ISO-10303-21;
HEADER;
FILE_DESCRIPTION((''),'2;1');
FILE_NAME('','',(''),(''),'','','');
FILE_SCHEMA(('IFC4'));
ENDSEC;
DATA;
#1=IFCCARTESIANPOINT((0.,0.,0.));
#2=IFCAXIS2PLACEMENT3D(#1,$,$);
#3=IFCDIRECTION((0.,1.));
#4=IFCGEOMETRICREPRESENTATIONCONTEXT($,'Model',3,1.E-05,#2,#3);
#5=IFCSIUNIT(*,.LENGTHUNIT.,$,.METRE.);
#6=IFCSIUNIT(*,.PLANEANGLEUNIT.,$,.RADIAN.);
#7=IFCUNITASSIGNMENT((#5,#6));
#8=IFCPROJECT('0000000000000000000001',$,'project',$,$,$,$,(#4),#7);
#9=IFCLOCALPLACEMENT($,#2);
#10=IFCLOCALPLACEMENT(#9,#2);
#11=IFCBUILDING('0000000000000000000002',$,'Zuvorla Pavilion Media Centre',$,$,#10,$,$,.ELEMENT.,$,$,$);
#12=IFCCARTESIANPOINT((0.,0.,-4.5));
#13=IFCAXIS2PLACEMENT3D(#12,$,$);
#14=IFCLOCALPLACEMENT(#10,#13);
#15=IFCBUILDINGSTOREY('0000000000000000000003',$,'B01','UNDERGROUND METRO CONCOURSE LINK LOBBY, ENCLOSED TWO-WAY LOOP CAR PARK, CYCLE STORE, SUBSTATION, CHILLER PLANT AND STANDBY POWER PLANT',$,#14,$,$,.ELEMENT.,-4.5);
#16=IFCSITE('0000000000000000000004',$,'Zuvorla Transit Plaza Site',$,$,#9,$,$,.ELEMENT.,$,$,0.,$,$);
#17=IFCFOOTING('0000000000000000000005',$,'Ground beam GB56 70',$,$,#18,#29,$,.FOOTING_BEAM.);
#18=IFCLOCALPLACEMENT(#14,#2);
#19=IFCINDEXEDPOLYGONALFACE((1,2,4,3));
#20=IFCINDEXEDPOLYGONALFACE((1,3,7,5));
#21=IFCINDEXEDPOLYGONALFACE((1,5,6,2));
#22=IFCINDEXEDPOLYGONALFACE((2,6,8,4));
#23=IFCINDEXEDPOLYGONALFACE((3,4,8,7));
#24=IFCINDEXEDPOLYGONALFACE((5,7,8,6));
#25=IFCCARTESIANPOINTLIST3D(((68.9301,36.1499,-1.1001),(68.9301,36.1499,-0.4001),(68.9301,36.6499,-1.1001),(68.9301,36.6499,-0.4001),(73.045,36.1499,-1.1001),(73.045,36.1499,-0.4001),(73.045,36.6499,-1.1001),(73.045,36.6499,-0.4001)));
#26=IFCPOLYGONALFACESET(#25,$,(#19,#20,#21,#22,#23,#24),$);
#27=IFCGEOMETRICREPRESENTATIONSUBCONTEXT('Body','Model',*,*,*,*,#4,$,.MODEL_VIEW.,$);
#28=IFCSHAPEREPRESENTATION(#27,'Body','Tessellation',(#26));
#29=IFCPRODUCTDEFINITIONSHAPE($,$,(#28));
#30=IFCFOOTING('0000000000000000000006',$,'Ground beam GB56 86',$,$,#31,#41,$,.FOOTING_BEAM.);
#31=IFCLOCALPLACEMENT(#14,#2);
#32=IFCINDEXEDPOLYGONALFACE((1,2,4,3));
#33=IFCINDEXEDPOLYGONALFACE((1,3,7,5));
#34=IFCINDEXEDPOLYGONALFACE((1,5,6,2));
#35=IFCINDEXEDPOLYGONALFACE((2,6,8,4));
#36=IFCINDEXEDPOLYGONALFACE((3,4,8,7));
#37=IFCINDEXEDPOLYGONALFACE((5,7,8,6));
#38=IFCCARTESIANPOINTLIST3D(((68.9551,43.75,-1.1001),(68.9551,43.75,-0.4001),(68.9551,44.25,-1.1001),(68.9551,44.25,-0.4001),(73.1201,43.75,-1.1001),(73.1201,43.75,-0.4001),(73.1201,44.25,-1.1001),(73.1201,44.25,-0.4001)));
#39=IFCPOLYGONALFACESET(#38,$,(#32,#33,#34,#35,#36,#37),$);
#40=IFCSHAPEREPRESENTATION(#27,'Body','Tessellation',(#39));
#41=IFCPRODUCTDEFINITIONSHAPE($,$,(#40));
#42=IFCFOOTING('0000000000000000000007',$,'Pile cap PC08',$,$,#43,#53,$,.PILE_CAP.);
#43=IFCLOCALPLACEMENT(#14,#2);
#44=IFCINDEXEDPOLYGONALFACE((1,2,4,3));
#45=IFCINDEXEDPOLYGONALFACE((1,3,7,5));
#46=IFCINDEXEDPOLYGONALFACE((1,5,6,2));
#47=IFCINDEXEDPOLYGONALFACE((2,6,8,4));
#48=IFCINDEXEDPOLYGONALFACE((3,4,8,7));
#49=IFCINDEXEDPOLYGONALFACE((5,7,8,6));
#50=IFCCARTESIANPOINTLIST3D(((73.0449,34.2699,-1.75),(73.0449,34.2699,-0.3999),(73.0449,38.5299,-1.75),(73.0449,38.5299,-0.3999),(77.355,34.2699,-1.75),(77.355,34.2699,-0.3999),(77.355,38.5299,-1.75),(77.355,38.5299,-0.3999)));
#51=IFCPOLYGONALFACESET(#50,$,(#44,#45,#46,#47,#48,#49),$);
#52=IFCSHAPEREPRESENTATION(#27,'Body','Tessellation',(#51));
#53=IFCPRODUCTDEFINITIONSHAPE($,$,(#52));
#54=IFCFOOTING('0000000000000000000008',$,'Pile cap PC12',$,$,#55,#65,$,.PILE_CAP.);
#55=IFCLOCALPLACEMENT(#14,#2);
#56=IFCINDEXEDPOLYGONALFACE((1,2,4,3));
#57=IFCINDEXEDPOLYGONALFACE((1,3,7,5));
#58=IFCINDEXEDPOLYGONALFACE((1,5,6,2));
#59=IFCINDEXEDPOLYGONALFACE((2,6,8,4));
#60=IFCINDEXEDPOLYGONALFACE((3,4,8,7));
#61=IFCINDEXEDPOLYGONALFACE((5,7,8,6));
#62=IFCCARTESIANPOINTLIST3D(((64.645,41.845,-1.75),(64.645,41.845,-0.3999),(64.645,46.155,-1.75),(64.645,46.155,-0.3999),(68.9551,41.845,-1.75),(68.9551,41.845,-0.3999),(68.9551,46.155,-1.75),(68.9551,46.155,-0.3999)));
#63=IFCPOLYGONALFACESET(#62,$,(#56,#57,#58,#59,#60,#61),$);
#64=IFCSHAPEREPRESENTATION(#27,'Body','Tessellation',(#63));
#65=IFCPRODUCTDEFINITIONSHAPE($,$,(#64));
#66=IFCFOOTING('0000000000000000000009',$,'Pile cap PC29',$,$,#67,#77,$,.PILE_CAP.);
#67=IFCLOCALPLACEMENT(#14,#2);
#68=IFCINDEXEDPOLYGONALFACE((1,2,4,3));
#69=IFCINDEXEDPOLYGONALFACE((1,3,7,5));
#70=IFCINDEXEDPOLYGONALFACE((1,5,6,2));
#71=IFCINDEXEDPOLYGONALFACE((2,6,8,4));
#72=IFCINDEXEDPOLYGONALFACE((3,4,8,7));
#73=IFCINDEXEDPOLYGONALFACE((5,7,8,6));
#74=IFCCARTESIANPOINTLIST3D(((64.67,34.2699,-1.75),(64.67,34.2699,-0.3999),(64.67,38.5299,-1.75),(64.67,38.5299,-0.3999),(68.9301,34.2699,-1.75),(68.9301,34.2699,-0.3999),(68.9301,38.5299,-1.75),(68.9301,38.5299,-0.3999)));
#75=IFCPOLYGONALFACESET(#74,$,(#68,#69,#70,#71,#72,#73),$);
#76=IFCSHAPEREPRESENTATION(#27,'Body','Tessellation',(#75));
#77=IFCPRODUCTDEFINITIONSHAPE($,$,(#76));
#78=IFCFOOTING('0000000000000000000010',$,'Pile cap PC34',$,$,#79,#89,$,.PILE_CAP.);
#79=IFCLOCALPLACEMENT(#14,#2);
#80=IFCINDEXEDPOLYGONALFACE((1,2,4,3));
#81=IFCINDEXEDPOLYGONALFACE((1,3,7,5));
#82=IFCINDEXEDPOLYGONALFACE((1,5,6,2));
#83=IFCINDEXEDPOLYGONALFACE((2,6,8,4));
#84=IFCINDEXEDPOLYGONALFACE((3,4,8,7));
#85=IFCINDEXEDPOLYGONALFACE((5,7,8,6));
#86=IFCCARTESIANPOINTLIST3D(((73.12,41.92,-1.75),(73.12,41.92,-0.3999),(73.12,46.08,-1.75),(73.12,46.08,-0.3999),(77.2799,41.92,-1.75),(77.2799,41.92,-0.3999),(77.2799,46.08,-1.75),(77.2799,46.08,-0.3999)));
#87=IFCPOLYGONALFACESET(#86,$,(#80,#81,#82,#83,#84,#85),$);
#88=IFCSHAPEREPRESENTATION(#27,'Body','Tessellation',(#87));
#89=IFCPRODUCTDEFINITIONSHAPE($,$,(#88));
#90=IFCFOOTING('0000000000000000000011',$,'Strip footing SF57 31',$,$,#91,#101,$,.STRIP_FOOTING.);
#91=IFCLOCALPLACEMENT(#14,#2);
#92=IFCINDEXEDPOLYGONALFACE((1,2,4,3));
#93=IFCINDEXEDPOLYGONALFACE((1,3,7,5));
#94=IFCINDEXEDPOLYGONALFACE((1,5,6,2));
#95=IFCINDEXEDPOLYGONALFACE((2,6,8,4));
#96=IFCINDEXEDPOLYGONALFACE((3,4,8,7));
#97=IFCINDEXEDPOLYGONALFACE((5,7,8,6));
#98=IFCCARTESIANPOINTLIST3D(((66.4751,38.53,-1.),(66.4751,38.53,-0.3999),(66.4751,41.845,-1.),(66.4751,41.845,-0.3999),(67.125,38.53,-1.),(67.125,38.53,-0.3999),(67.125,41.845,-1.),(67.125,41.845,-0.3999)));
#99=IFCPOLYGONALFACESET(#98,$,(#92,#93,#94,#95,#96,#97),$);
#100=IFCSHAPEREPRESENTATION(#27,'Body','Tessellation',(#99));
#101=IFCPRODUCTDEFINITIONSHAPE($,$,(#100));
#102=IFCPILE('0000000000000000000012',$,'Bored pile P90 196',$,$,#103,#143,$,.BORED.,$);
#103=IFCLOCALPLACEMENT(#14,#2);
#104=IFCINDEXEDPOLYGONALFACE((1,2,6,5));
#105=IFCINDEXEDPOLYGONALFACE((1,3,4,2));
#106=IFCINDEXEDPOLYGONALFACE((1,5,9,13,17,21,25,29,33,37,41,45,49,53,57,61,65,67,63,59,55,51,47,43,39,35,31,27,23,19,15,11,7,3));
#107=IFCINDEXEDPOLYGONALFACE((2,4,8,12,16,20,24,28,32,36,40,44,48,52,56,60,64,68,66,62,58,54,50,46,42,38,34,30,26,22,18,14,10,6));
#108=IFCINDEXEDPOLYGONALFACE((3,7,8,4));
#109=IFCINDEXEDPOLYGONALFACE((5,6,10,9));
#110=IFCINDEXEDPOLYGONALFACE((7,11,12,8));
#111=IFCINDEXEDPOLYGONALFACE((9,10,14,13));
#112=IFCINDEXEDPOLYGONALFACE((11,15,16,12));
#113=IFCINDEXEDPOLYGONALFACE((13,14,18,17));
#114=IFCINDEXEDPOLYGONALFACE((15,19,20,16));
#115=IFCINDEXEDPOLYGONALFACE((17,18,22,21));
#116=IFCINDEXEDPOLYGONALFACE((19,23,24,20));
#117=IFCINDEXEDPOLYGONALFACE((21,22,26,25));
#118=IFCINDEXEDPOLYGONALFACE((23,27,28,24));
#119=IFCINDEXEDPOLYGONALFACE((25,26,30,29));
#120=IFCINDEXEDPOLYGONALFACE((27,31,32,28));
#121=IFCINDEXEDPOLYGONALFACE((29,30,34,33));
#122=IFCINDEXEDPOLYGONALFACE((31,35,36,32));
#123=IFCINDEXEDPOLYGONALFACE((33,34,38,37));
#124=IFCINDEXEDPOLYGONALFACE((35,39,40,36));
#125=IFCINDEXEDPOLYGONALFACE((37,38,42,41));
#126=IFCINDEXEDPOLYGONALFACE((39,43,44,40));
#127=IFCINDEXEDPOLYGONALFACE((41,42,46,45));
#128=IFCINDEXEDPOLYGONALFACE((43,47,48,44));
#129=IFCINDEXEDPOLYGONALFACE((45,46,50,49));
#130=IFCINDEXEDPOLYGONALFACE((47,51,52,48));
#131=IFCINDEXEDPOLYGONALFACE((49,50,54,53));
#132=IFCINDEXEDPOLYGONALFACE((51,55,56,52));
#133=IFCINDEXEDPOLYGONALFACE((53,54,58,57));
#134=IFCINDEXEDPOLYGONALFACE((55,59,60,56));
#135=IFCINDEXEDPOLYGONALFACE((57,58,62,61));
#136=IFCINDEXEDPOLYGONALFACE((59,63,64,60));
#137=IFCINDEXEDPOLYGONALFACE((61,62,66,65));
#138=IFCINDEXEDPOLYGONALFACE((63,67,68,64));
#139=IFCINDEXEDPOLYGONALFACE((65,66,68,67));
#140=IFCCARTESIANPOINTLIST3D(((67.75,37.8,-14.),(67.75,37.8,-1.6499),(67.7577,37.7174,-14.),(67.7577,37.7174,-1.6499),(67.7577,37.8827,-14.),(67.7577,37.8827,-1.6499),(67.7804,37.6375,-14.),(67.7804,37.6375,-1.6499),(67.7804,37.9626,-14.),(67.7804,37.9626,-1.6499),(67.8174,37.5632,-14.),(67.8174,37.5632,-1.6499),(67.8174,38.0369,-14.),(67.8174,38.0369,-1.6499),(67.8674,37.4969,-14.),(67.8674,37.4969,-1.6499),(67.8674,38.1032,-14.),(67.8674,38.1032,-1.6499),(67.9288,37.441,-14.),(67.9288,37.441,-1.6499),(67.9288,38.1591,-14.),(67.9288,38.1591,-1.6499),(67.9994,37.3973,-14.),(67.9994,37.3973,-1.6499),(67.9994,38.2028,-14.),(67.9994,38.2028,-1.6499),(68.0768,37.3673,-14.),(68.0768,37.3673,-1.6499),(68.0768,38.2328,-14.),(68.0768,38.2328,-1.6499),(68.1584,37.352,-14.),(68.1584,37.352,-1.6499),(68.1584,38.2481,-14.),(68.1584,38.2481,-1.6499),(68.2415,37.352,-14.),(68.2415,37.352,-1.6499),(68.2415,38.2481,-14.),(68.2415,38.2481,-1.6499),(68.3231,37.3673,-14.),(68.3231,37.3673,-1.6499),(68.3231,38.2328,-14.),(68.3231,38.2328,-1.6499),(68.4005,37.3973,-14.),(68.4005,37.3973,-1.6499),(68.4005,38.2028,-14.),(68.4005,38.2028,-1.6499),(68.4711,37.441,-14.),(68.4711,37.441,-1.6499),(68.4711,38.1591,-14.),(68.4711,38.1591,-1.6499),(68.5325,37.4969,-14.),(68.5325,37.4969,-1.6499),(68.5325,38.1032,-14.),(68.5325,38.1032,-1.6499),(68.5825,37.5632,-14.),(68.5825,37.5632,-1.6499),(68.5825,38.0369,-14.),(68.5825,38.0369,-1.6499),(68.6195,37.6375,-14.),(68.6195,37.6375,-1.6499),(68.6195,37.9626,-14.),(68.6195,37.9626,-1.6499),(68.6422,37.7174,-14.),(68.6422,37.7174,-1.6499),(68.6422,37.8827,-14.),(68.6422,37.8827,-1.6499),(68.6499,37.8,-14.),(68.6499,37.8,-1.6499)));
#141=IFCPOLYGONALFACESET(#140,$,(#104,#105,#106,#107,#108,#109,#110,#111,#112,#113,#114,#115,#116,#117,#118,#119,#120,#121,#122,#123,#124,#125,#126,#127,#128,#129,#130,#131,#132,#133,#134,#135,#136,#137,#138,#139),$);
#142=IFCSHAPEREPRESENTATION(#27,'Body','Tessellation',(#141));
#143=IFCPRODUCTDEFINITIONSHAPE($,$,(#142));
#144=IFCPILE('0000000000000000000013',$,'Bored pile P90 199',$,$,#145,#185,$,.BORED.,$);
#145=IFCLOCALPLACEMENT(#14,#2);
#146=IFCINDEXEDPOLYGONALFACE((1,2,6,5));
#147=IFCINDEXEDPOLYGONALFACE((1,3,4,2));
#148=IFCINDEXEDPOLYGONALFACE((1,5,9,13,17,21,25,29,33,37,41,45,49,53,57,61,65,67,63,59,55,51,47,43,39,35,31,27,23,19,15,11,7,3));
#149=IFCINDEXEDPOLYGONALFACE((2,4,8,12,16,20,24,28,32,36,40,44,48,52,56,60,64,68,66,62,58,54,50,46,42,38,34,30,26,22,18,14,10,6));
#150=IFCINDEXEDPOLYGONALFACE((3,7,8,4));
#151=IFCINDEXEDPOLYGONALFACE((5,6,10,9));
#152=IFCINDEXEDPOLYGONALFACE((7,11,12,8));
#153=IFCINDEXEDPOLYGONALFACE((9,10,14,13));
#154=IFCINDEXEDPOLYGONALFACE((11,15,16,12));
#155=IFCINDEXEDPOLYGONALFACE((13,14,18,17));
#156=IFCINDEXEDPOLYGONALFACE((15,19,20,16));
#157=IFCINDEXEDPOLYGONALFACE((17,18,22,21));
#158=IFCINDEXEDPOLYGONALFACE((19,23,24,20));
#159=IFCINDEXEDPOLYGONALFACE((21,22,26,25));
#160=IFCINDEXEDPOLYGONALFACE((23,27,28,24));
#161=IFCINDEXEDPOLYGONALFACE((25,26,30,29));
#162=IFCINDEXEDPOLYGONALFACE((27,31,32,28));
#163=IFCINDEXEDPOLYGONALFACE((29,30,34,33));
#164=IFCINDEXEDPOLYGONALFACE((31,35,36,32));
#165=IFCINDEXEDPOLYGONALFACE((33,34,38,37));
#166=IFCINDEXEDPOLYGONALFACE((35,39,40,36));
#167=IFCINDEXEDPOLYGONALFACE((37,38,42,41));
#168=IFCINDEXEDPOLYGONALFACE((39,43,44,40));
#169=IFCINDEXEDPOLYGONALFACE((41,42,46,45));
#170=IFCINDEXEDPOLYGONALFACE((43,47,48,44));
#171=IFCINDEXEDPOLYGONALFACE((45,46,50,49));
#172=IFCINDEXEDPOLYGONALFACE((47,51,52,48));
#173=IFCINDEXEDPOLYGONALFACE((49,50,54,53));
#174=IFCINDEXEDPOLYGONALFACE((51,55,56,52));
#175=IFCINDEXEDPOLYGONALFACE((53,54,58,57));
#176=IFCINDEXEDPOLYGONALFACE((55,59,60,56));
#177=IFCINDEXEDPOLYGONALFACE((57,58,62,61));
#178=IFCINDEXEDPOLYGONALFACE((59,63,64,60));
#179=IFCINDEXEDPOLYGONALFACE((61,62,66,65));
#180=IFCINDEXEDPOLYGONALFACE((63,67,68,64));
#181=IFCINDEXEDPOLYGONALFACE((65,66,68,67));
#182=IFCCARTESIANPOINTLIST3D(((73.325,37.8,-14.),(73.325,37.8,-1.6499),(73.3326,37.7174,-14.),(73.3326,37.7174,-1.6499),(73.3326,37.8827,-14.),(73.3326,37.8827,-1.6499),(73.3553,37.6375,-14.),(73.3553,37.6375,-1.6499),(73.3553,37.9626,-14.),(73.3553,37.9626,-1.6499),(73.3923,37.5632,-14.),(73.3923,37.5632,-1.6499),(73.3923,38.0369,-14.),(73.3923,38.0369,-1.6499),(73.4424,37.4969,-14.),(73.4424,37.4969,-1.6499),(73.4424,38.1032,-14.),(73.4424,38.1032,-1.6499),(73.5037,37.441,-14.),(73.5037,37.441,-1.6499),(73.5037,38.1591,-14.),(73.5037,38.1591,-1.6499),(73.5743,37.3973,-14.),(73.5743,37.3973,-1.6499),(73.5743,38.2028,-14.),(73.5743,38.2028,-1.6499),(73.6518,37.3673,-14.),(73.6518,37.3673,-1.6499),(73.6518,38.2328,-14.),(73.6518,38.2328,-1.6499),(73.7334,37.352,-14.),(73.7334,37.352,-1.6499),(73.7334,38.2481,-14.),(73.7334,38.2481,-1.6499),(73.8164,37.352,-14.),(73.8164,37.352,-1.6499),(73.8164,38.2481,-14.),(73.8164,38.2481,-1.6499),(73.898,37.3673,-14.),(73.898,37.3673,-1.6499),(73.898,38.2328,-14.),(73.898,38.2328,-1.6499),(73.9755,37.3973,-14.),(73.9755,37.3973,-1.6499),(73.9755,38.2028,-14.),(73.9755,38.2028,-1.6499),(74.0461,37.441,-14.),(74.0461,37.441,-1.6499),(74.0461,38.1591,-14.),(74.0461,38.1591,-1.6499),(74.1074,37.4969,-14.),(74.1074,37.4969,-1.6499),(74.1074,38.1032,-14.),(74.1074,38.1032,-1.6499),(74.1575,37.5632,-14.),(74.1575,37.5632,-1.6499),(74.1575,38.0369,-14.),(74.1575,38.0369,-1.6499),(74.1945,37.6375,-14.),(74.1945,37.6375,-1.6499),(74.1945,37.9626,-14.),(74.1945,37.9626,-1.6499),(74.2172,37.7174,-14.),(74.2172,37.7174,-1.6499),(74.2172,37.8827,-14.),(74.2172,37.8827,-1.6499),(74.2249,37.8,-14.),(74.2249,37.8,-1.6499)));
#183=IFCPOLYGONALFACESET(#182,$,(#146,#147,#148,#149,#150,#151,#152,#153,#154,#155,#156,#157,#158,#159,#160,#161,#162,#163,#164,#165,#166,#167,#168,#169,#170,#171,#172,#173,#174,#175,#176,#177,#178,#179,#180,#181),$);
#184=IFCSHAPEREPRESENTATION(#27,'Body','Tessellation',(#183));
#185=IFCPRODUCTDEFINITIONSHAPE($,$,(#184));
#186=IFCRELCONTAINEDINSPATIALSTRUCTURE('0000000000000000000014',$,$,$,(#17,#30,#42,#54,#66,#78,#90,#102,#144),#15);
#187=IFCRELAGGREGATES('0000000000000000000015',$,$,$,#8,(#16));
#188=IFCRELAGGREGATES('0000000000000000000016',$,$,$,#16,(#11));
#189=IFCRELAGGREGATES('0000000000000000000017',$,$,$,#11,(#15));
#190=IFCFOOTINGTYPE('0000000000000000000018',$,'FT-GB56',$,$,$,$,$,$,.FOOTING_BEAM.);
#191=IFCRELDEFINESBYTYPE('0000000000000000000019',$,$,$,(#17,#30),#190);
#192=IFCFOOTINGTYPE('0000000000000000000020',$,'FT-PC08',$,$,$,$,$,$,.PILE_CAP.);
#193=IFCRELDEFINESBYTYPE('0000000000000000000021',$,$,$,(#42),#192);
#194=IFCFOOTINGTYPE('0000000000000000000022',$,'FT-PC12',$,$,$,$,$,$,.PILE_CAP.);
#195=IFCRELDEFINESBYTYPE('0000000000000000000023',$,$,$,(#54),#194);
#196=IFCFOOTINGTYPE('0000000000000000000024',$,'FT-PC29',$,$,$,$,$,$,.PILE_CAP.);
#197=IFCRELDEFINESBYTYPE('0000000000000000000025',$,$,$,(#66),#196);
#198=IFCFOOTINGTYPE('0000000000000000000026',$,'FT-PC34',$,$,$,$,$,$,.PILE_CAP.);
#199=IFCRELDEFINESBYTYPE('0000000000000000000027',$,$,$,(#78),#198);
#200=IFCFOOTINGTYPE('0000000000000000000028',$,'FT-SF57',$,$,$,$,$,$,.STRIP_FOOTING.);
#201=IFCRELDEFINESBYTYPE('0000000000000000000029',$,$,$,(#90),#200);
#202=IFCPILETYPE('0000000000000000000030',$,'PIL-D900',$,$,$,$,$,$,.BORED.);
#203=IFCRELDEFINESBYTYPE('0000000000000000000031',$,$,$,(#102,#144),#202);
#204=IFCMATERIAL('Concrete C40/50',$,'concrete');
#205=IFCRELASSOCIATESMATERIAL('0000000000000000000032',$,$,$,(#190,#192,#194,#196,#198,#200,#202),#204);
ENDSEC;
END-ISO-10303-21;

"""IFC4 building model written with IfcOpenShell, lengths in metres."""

from ifc_helpers import new_model, si_unit, direction, frame, origin, origin_2d, place, context, subcontext, project, spatial, rectangle, circle, extrude, material, material_profile, profile_set, type_object, element, save


model = new_model("IFC4")

# Units and contexts
model_context = context("Model", 3, precision=1e-05, world=origin(), true_north=direction((0.0, 1.0)))
body_context = subcontext(model_context, "Body", "Model", "MODEL_VIEW")
ifc_project = project(units=[si_unit("LENGTHUNIT", "METRE"), si_unit("PLANEANGLEUNIT", "RADIAN")], contexts=[model_context])

# Site, building, storey
site_placement = place(None, origin())
site = spatial("IfcSite", under=ifc_project, at=site_placement, Name="Zuvorla Transit Plaza Site", CompositionType="ELEMENT", RefElevation=0.0)
building_placement = place(site_placement, origin())
building = spatial("IfcBuilding", under=site, at=building_placement, Name="Zuvorla Pavilion Media Centre", CompositionType="ELEMENT")
storey_placement = place(building_placement, frame((0.0, 0.0, -4.5)))
storey = spatial("IfcBuildingStorey", under=building, at=storey_placement, Name="B01", Description="UNDERGROUND METRO CONCOURSE LINK LOBBY, ENCLOSED TWO-WAY LOOP CAR PARK, CYCLE STORE, SUBSTATION, CHILLER PLANT AND STANDBY POWER PLANT", CompositionType="ELEMENT", Elevation=-4.5)

# Footings
ifc_material_1 = material(Name="Concrete C40/50", Category="concrete")
footing_type_1 = type_object("IfcFootingType", Name="FT-GB56", PredefinedType="FOOTING_BEAM", material=ifc_material_1)
footing_1_placement = place(storey_placement, frame((70.9875, 36.3999, -1.1001), z_axis=(0.0, 0.0, 1.0), x_axis=(1.0, 0.0, 0.0)))
element("IfcFooting", 1, at=footing_1_placement, inside=storey, type_object=footing_type_1, Name="Ground beam GB56 70", PredefinedType="FOOTING_BEAM", context=body_context, shape_type="SweptSolid", body=[
    extrude(rectangle(XDim=4.115, YDim=0.5, at=origin_2d()), origin(), (0.0, 0.0, 1.0), 0.7),
])
footing_2_placement = place(storey_placement, frame((71.0376, 44.0, -1.1001), z_axis=(0.0, 0.0, 1.0), x_axis=(1.0, 0.0, 0.0)))
element("IfcFooting", 2, at=footing_2_placement, inside=storey, type_object=footing_type_1, Name="Ground beam GB56 86", PredefinedType="FOOTING_BEAM", context=body_context, shape_type="SweptSolid", body=[
    extrude(rectangle(XDim=4.165, YDim=0.5, at=origin_2d()), origin(), (0.0, 0.0, 1.0), 0.7),
])
footing_type_2 = type_object("IfcFootingType", Name="FT-PC08", PredefinedType="PILE_CAP", material=ifc_material_1)
footing_3_placement = place(storey_placement, frame((75.2, 36.3999, -1.75), z_axis=(0.0, 0.0, 1.0), x_axis=(1.0, 0.0, 0.0)))
element("IfcFooting", 3, at=footing_3_placement, inside=storey, type_object=footing_type_2, Name="Pile cap PC08", PredefinedType="PILE_CAP", context=body_context, shape_type="SweptSolid", body=[
    extrude(rectangle(XDim=4.3101, YDim=4.26, at=origin_2d()), origin(), (0.0, 0.0, 1.0), 1.3501),
])
footing_type_3 = type_object("IfcFootingType", Name="FT-PC12", PredefinedType="PILE_CAP", material=ifc_material_1)
footing_4_placement = place(storey_placement, frame((66.8, 44.0, -1.75), z_axis=(0.0, 0.0, 1.0), x_axis=(1.0, 0.0, 0.0)))
element("IfcFooting", 4, at=footing_4_placement, inside=storey, type_object=footing_type_3, Name="Pile cap PC12", PredefinedType="PILE_CAP", context=body_context, shape_type="SweptSolid", body=[
    extrude(rectangle(XDim=4.3101, YDim=4.3101, at=origin_2d()), origin(), (0.0, 0.0, 1.0), 1.3501),
])
footing_type_4 = type_object("IfcFootingType", Name="FT-PC29", PredefinedType="PILE_CAP", material=ifc_material_1)
footing_5_placement = place(storey_placement, frame((66.8, 36.3999, -1.75), z_axis=(0.0, 0.0, 1.0), x_axis=(1.0, 0.0, 0.0)))
element("IfcFooting", 5, at=footing_5_placement, inside=storey, type_object=footing_type_4, Name="Pile cap PC29", PredefinedType="PILE_CAP", context=body_context, shape_type="SweptSolid", body=[
    extrude(rectangle(XDim=4.26, YDim=4.26, at=origin_2d()), origin(), (0.0, 0.0, 1.0), 1.3501),
])
footing_type_5 = type_object("IfcFootingType", Name="FT-PC34", PredefinedType="PILE_CAP", material=ifc_material_1)
footing_6_placement = place(storey_placement, frame((75.2, 44.0, -1.75), z_axis=(0.0, 0.0, 1.0), x_axis=(1.0, 0.0, 0.0)))
element("IfcFooting", 6, at=footing_6_placement, inside=storey, type_object=footing_type_5, Name="Pile cap PC34", PredefinedType="PILE_CAP", context=body_context, shape_type="SweptSolid", body=[
    extrude(rectangle(XDim=4.1599, YDim=4.1599, at=origin_2d()), origin(), (0.0, 0.0, 1.0), 1.3501),
])
footing_type_6 = type_object("IfcFootingType", Name="FT-SF57", PredefinedType="STRIP_FOOTING", material=ifc_material_1)
footing_7_placement = place(storey_placement, frame((66.8, 40.1875, -1.0), z_axis=(0.0, 0.0, 1.0), x_axis=(0.0, 1.0, 0.0)))
element("IfcFooting", 7, at=footing_7_placement, inside=storey, type_object=footing_type_6, Name="Strip footing SF57 31", PredefinedType="STRIP_FOOTING", context=body_context, shape_type="SweptSolid", body=[
    extrude(rectangle(XDim=3.3149, YDim=0.6499, at=origin_2d()), origin(), (0.0, 0.0, 1.0), 0.6001),
])

# Piles
ifc_material_profile_1 = material_profile(ifc_material_1, circle(Radius=0.45, at=origin_2d()), Name="BORED PILE 900")
ifc_profile_set_1 = profile_set([ifc_material_profile_1], Name="Concrete C40/50")
pile_type = type_object("IfcPileType", Name="PIL-D900", PredefinedType="BORED", material=ifc_profile_set_1)
for number, where, z_axis, x_axis, name in (
    (8, (68.2, 37.8, -1.6499), (0.0, 0.0, -1.0), (1.0, 0.0, 0.0), "Bored pile P90 196"),
    (9, (73.7749, 37.8, -1.6499), (0.0, 0.0, -1.0), (1.0, 0.0, 0.0), "Bored pile P90 199"),
):
    element("IfcPile", number, at=place(storey_placement, frame(where, z_axis=z_axis, x_axis=x_axis)), inside=storey, type_object=pile_type, Name=name, PredefinedType="BORED", context=body_context, shape_type="SweptSolid", body=[
        extrude(circle(Radius=0.45, at=origin_2d()), origin(), (0.0, 0.0, 1.0), 12.3501),
    ])

save(model, "model.ifc")
